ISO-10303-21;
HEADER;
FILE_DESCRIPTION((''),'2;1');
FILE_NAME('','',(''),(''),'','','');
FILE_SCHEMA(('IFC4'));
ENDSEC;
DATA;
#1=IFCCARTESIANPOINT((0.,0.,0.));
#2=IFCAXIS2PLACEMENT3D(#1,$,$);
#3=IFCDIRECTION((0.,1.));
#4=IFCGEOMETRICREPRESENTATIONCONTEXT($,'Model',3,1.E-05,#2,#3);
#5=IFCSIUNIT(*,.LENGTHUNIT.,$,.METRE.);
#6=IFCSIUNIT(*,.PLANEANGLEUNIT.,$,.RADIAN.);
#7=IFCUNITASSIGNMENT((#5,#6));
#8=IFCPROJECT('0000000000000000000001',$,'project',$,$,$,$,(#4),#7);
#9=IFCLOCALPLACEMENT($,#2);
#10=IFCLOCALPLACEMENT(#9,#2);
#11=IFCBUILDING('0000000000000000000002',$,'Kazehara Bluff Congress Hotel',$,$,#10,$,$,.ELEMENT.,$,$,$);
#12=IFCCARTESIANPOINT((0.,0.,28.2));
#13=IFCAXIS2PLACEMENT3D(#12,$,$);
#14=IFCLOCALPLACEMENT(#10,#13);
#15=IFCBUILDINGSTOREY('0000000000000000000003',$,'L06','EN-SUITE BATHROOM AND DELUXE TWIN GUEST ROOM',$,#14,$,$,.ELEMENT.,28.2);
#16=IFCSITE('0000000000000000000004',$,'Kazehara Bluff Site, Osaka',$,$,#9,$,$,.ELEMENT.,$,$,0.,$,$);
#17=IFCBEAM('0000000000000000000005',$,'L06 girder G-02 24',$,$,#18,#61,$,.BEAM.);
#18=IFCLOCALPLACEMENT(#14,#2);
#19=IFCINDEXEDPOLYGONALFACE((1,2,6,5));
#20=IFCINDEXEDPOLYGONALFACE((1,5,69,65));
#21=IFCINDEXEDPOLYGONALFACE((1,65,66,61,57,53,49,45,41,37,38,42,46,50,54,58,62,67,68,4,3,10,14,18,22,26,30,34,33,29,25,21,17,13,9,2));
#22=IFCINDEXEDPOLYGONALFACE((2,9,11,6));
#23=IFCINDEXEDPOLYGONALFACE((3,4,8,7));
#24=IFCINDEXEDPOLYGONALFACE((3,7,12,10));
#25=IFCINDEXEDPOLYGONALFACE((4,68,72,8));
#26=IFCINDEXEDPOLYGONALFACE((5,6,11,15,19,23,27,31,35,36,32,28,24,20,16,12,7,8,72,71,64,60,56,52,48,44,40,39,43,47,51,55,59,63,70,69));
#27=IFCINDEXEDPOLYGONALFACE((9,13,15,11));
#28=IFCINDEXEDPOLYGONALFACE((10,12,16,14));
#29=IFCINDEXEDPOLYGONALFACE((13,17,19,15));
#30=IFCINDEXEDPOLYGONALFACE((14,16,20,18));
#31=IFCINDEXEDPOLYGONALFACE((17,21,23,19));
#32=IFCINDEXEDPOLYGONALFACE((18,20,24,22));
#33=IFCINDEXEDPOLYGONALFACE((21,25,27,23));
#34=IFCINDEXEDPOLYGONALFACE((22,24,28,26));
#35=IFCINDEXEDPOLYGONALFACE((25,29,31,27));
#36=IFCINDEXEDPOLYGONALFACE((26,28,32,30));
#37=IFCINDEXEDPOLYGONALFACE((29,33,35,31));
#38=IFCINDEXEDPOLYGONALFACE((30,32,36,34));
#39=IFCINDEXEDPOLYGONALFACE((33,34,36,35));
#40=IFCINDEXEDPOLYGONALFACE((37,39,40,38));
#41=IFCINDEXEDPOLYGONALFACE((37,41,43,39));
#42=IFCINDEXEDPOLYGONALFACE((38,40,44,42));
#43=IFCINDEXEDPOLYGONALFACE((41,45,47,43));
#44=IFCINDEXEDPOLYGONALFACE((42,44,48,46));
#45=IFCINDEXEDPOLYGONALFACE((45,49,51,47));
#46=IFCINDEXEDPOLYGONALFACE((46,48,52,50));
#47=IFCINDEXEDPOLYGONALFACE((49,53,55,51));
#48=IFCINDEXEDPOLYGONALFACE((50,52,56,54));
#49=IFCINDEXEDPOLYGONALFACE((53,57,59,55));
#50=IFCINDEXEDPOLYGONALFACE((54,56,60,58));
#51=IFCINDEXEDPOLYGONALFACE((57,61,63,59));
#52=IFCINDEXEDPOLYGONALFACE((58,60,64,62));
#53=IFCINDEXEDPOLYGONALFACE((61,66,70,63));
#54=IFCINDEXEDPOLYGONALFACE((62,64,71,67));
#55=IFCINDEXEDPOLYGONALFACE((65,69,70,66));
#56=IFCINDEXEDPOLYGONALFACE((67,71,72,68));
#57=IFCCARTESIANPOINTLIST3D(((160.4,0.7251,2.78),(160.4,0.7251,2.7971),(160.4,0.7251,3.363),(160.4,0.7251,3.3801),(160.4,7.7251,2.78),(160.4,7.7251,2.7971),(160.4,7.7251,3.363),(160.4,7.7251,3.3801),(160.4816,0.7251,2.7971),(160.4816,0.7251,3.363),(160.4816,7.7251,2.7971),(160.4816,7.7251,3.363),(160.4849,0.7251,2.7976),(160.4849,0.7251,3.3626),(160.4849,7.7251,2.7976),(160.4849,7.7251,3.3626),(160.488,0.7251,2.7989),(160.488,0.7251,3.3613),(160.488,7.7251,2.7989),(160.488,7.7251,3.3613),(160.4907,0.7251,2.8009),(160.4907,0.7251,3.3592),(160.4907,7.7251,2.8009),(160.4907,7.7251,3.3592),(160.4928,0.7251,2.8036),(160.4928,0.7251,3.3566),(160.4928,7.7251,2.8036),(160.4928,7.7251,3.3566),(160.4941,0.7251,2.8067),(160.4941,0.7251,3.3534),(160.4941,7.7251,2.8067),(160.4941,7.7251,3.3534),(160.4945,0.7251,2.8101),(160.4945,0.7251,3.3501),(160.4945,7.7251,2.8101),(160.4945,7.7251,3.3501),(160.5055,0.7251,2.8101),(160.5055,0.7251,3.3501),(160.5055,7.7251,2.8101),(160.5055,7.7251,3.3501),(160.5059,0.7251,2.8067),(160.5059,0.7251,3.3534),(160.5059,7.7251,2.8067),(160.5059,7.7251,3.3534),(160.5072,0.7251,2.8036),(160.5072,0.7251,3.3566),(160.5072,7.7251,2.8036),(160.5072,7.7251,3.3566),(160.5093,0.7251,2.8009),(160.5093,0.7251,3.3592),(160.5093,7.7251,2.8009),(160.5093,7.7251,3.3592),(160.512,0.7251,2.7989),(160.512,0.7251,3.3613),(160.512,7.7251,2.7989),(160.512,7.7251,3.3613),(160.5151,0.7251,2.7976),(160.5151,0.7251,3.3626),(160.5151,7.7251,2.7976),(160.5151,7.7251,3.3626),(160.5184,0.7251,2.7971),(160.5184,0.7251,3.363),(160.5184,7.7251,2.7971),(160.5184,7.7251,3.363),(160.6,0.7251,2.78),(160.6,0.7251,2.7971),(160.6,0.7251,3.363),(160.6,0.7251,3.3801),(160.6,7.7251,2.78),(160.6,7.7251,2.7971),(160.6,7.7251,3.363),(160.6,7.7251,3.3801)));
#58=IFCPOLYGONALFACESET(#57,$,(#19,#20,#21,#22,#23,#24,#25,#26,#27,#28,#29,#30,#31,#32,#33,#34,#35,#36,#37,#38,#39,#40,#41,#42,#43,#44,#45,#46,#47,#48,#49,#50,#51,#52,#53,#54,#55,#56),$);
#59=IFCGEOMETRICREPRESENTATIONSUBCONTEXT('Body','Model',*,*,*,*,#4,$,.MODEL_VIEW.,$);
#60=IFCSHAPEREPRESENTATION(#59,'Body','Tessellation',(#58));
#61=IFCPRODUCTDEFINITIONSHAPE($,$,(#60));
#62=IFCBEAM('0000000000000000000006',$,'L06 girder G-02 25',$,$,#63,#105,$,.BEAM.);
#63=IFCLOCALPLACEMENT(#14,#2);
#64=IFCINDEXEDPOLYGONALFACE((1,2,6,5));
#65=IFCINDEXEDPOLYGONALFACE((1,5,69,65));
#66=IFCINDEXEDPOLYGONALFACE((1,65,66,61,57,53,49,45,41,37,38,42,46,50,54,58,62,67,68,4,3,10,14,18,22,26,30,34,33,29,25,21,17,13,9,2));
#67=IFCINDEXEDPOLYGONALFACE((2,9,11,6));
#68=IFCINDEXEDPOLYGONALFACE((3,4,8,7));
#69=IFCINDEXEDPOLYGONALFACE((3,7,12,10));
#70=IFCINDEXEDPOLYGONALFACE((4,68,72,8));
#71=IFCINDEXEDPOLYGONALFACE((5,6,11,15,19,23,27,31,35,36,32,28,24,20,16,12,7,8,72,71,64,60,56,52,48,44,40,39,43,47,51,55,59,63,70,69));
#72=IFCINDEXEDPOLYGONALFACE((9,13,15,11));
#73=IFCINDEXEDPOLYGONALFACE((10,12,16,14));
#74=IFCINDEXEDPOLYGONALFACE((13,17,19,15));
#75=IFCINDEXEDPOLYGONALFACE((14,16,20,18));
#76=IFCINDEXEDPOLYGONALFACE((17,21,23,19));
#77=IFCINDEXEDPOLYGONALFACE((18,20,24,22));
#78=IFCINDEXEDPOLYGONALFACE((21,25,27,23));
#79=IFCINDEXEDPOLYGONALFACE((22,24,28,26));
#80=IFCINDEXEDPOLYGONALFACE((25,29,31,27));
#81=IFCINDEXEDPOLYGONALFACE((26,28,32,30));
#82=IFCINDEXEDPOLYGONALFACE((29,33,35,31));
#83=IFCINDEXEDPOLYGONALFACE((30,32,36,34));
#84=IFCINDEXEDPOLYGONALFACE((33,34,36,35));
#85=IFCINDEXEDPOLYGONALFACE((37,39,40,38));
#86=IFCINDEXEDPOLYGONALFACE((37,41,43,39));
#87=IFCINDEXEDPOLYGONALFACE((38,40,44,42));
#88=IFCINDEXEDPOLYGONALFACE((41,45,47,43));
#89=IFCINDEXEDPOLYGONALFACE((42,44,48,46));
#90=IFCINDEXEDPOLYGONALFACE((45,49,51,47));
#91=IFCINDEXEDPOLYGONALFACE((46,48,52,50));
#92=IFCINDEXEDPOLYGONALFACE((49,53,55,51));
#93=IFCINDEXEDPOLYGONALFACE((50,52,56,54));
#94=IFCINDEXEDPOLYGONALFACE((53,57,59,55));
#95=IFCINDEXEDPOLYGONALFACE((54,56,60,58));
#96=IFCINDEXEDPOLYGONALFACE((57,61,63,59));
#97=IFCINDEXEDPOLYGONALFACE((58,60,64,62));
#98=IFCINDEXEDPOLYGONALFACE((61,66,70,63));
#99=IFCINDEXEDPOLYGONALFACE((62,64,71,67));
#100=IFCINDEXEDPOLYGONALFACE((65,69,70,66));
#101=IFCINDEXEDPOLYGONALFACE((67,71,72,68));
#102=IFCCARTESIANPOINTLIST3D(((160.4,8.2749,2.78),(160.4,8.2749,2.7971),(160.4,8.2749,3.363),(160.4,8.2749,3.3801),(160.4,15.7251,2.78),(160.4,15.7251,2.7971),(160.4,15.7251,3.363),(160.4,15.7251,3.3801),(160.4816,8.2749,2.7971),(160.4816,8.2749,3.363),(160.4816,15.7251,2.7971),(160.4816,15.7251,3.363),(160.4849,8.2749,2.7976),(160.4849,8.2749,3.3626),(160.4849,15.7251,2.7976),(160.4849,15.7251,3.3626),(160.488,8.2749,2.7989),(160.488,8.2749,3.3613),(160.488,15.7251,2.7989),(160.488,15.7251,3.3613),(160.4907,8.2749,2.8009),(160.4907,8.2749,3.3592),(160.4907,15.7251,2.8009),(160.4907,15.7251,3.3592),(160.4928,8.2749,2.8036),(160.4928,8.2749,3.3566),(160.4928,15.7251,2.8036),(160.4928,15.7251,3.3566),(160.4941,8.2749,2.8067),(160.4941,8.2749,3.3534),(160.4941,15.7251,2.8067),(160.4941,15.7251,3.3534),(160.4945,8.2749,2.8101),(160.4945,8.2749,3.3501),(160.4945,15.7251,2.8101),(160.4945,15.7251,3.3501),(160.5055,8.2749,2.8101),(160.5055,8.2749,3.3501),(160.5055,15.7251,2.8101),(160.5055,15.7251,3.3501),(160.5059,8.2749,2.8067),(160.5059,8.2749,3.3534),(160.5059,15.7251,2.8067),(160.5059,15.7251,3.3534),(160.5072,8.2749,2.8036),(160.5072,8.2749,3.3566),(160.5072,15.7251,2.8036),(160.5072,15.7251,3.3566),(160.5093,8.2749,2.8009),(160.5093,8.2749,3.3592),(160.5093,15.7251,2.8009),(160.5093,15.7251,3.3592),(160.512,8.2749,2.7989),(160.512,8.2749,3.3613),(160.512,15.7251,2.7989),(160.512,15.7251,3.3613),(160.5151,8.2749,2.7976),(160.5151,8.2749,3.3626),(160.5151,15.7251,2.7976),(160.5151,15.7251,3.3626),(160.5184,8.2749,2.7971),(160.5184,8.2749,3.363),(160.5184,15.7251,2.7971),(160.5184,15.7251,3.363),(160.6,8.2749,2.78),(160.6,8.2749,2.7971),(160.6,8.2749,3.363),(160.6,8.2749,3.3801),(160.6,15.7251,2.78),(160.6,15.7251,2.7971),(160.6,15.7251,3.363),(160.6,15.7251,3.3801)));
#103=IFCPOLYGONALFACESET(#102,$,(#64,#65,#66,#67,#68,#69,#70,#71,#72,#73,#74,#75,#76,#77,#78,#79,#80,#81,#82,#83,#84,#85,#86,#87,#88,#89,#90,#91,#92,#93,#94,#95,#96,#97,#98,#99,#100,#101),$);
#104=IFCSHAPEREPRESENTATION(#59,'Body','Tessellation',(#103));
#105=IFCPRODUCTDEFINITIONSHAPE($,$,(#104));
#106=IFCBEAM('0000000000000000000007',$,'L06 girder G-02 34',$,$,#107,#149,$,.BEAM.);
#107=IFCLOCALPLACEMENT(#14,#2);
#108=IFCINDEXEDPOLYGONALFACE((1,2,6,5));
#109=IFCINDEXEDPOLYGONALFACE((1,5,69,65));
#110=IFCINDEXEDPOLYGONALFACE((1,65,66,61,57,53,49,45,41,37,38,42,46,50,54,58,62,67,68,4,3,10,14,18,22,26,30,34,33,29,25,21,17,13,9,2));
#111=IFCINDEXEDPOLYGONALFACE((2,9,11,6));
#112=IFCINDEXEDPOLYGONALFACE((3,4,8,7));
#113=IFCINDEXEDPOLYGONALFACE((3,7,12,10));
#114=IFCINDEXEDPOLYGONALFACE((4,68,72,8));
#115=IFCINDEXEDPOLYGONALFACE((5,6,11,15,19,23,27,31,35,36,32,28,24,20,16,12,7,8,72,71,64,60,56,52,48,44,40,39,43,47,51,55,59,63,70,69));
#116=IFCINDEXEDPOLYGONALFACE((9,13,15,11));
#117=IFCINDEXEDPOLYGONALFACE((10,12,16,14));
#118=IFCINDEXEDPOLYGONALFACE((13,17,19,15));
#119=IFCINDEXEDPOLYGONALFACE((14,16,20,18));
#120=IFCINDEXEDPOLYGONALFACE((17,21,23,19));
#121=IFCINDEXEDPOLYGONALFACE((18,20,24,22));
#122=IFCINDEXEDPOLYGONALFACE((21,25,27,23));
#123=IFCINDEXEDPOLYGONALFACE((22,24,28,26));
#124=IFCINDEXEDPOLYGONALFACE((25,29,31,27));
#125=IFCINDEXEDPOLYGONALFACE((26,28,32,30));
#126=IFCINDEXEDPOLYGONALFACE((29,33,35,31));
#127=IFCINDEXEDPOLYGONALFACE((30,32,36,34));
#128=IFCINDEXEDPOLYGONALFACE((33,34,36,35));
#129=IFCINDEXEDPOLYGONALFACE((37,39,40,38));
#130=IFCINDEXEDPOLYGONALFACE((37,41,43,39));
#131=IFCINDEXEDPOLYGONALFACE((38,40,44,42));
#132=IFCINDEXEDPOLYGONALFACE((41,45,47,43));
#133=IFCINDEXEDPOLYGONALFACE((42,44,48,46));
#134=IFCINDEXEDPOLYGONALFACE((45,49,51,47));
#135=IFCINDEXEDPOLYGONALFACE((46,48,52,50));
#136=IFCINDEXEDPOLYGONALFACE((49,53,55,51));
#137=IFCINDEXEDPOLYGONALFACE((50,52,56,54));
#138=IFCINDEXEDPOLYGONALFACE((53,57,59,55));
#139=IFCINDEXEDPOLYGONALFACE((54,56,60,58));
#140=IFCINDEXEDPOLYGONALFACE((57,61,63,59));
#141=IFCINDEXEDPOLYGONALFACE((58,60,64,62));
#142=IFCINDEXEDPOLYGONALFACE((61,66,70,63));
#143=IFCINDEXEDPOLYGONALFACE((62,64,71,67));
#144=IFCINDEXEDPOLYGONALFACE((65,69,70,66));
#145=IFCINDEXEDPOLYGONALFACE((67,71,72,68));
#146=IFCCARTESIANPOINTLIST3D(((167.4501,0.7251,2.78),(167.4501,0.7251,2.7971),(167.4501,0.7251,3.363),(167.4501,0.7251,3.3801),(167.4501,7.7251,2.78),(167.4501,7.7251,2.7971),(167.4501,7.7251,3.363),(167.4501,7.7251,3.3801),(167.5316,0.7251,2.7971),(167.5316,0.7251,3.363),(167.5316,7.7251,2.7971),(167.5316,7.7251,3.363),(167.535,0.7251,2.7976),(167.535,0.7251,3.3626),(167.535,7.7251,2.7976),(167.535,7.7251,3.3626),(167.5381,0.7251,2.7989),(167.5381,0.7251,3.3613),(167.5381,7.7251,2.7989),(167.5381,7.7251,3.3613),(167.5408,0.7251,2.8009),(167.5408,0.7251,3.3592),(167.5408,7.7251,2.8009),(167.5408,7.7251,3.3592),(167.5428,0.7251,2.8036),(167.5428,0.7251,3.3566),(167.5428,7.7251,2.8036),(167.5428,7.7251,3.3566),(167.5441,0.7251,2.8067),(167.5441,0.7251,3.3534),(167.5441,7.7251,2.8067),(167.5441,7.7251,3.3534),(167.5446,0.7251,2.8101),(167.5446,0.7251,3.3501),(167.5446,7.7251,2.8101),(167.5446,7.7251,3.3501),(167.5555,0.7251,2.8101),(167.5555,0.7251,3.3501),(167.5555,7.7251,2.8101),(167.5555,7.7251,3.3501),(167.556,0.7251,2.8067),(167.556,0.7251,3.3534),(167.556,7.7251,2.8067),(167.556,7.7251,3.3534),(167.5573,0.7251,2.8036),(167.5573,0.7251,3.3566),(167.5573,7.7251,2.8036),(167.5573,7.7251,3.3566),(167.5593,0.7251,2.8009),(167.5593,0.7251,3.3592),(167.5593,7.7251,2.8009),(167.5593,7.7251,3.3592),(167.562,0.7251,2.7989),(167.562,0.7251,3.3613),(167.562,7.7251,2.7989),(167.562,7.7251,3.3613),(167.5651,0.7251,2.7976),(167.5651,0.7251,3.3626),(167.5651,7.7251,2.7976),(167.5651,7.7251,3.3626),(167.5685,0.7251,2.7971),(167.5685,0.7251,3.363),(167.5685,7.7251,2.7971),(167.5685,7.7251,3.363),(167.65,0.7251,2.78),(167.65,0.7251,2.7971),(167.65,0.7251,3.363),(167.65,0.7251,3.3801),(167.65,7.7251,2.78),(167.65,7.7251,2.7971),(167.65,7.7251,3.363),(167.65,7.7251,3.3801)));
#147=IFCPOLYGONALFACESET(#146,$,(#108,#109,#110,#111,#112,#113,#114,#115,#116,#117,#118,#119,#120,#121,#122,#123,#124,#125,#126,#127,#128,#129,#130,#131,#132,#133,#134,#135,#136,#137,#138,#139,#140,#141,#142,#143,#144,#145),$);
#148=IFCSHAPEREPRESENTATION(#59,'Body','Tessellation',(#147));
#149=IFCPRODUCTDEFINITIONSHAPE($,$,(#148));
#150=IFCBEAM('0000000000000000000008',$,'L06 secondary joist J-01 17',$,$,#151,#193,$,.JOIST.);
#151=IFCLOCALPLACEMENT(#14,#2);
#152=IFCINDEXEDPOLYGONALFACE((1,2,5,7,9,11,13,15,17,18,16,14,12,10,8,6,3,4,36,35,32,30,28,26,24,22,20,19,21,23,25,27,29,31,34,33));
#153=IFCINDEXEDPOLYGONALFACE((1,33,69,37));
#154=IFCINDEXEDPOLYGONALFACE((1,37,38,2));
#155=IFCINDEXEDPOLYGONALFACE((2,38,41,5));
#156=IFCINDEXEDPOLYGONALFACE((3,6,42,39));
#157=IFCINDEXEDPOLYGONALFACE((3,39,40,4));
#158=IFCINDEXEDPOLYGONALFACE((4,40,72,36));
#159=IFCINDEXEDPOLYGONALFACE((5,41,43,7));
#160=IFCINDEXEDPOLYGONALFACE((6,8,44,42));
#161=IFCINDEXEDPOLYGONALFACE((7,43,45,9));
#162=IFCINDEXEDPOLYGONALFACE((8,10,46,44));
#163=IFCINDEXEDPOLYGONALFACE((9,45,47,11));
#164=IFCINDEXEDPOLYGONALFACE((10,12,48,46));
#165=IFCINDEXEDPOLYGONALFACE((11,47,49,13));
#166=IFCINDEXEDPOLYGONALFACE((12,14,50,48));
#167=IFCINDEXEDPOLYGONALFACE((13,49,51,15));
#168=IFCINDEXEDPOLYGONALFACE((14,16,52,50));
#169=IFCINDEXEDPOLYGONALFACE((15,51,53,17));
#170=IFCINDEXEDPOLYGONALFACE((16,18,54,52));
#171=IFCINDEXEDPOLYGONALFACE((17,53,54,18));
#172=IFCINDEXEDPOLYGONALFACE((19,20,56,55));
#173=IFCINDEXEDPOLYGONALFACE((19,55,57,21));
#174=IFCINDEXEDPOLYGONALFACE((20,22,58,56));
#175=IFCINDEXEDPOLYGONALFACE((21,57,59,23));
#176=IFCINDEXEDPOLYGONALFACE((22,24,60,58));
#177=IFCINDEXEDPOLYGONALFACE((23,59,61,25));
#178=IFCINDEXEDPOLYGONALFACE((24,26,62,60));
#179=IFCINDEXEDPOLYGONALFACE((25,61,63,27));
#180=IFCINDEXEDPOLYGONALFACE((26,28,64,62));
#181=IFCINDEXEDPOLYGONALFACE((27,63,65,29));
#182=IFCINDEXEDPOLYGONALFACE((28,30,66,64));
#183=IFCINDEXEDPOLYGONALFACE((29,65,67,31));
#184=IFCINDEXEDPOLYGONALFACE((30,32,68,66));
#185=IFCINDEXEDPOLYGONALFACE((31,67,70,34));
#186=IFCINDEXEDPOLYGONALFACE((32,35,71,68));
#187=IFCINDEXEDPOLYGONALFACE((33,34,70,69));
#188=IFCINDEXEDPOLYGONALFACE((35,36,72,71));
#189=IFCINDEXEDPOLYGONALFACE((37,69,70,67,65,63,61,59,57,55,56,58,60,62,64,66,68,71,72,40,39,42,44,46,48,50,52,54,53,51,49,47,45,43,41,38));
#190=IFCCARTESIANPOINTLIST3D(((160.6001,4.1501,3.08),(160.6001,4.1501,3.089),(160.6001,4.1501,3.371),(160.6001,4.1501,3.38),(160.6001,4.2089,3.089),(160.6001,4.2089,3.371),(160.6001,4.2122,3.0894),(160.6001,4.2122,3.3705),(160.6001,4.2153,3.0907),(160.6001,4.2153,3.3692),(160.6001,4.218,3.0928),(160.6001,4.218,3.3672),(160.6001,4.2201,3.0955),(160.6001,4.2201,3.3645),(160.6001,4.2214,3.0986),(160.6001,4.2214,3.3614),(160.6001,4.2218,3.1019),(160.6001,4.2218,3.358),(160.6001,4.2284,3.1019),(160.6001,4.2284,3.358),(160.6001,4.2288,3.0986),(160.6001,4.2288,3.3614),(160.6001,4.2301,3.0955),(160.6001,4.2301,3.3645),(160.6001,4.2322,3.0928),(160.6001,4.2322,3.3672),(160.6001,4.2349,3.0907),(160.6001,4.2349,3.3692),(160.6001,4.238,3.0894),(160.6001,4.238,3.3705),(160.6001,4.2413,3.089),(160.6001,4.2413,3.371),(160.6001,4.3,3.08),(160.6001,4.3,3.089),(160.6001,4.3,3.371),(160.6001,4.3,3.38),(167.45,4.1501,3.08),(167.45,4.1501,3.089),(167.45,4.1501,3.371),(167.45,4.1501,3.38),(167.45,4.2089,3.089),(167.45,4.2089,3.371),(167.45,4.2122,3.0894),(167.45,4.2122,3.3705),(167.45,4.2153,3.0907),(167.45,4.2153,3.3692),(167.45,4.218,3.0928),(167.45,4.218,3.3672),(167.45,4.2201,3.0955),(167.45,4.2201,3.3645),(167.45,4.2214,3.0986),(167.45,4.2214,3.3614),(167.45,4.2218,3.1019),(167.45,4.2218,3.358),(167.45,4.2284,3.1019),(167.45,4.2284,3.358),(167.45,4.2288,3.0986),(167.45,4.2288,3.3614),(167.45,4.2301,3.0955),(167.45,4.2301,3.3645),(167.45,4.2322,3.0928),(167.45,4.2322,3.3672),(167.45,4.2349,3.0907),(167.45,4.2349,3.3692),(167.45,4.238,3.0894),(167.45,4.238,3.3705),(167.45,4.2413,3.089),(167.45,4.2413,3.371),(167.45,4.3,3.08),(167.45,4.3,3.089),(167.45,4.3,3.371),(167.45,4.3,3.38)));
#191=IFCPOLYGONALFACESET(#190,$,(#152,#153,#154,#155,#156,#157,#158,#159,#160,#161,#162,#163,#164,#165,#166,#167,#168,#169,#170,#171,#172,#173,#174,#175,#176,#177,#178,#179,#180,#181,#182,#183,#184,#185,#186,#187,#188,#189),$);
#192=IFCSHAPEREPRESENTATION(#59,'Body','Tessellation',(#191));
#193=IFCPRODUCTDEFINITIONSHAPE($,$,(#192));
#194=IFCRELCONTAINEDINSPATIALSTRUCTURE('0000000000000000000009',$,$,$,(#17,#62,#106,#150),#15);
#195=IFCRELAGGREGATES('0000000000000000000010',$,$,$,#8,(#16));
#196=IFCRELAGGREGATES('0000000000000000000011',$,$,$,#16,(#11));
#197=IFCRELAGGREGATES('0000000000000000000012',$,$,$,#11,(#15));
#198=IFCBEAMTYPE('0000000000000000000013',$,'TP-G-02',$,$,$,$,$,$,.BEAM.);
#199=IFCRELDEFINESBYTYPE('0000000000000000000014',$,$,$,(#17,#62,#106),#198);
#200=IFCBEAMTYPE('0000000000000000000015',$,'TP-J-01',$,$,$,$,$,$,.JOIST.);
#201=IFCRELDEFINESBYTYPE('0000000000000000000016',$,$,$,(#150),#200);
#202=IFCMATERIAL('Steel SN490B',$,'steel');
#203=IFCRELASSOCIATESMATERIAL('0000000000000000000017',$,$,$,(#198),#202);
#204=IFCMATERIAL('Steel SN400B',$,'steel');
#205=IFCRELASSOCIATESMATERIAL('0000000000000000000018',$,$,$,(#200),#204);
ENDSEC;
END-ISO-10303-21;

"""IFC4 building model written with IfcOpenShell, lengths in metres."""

from ifc_helpers import new_model, si_unit, direction, frame, origin, origin_2d, place, context, subcontext, project, spatial, i_section, extrude, material, material_profile, profile_set, type_object, element, save


model = new_model("IFC4")

# Units and contexts
model_context = context("Model", 3, precision=1e-05, world=origin(), true_north=direction((0.0, 1.0)))
body_context = subcontext(model_context, "Body", "Model", "MODEL_VIEW")
ifc_project = project(units=[si_unit("LENGTHUNIT", "METRE"), si_unit("PLANEANGLEUNIT", "RADIAN")], contexts=[model_context])

# Site, building, storey
site_placement = place(None, origin())
site = spatial("IfcSite", under=ifc_project, at=site_placement, Name="Kazehara Bluff Site, Osaka", CompositionType="ELEMENT", RefElevation=0.0)
building_placement = place(site_placement, origin())
building = spatial("IfcBuilding", under=site, at=building_placement, Name="Kazehara Bluff Congress Hotel", CompositionType="ELEMENT")
storey_placement = place(building_placement, frame((0.0, 0.0, 28.2)))
storey = spatial("IfcBuildingStorey", under=building, at=storey_placement, Name="L06", Description="EN-SUITE BATHROOM AND DELUXE TWIN GUEST ROOM", CompositionType="ELEMENT", Elevation=28.2)

# Beams
ifc_material_1 = material(Name="Steel SN490B", Category="steel")
ifc_material_profile_1 = material_profile(ifc_material_1, i_section(OverallWidth=0.2, OverallDepth=0.6001, WebThickness=0.011, FlangeThickness=0.0171, FilletRadius=0.0129, at=origin_2d()))
ifc_profile_set_1 = profile_set([ifc_material_profile_1], Name="Steel SN490B")
beam_type_1 = type_object("IfcBeamType", Name="TP-G-02", PredefinedType="BEAM", material=ifc_profile_set_1)
beam_1_placement = place(storey_placement, frame((160.5, 0.7251, 3.0801), z_axis=(0.0, 1.0, 0.0), x_axis=(-1.0, 0.0, 0.0)))
element("IfcBeam", 1, at=beam_1_placement, inside=storey, type_object=beam_type_1, Name="L06 girder G-02 24", PredefinedType="BEAM", context=body_context, shape_type="SweptSolid", body=[
    extrude(i_section(OverallWidth=0.2, OverallDepth=0.6001, WebThickness=0.011, FlangeThickness=0.0171, FilletRadius=0.0129, at=origin_2d()), origin(), (0.0, 0.0, 1.0), 7.0),
])
beam_2_placement = place(storey_placement, frame((160.5, 8.2749, 3.0801), z_axis=(0.0, 1.0, 0.0), x_axis=(-1.0, 0.0, 0.0)))
element("IfcBeam", 2, at=beam_2_placement, inside=storey, type_object=beam_type_1, Name="L06 girder G-02 25", PredefinedType="BEAM", context=body_context, shape_type="SweptSolid", body=[
    extrude(i_section(OverallWidth=0.2, OverallDepth=0.6001, WebThickness=0.011, FlangeThickness=0.0171, FilletRadius=0.0129, at=origin_2d()), origin(), (0.0, 0.0, 1.0), 7.4502),
])
beam_3_placement = place(storey_placement, frame((167.55, 0.7251, 3.0801), z_axis=(0.0, 1.0, 0.0), x_axis=(-1.0, 0.0, 0.0)))
element("IfcBeam", 3, at=beam_3_placement, inside=storey, type_object=beam_type_1, Name="L06 girder G-02 34", PredefinedType="BEAM", context=body_context, shape_type="SweptSolid", body=[
    extrude(i_section(OverallWidth=0.2, OverallDepth=0.6001, WebThickness=0.011, FlangeThickness=0.0171, FilletRadius=0.0129, at=origin_2d()), origin(), (0.0, 0.0, 1.0), 7.0),
])
ifc_material_2 = material(Name="Steel SN400B", Category="steel")
ifc_material_profile_2 = material_profile(ifc_material_2, i_section(OverallWidth=0.1499, OverallDepth=0.3, WebThickness=0.0066, FlangeThickness=0.009, FilletRadius=0.0129, at=origin_2d()))
ifc_profile_set_2 = profile_set([ifc_material_profile_2], Name="Steel SN400B")
beam_type_2 = type_object("IfcBeamType", Name="TP-J-01", PredefinedType="JOIST", material=ifc_profile_set_2)
beam_4_placement = place(storey_placement, frame((160.6001, 4.2251, 3.23), z_axis=(1.0, 0.0, 0.0), x_axis=(0.0, 1.0, 0.0)))
element("IfcBeam", 4, at=beam_4_placement, inside=storey, type_object=beam_type_2, Name="L06 secondary joist J-01 17", PredefinedType="JOIST", context=body_context, shape_type="SweptSolid", body=[
    extrude(i_section(OverallWidth=0.1499, OverallDepth=0.3, WebThickness=0.0066, FlangeThickness=0.009, FilletRadius=0.0129, at=origin_2d()), origin(), (0.0, 0.0, 1.0), 6.8499),
])

save(model, "model.ifc")
